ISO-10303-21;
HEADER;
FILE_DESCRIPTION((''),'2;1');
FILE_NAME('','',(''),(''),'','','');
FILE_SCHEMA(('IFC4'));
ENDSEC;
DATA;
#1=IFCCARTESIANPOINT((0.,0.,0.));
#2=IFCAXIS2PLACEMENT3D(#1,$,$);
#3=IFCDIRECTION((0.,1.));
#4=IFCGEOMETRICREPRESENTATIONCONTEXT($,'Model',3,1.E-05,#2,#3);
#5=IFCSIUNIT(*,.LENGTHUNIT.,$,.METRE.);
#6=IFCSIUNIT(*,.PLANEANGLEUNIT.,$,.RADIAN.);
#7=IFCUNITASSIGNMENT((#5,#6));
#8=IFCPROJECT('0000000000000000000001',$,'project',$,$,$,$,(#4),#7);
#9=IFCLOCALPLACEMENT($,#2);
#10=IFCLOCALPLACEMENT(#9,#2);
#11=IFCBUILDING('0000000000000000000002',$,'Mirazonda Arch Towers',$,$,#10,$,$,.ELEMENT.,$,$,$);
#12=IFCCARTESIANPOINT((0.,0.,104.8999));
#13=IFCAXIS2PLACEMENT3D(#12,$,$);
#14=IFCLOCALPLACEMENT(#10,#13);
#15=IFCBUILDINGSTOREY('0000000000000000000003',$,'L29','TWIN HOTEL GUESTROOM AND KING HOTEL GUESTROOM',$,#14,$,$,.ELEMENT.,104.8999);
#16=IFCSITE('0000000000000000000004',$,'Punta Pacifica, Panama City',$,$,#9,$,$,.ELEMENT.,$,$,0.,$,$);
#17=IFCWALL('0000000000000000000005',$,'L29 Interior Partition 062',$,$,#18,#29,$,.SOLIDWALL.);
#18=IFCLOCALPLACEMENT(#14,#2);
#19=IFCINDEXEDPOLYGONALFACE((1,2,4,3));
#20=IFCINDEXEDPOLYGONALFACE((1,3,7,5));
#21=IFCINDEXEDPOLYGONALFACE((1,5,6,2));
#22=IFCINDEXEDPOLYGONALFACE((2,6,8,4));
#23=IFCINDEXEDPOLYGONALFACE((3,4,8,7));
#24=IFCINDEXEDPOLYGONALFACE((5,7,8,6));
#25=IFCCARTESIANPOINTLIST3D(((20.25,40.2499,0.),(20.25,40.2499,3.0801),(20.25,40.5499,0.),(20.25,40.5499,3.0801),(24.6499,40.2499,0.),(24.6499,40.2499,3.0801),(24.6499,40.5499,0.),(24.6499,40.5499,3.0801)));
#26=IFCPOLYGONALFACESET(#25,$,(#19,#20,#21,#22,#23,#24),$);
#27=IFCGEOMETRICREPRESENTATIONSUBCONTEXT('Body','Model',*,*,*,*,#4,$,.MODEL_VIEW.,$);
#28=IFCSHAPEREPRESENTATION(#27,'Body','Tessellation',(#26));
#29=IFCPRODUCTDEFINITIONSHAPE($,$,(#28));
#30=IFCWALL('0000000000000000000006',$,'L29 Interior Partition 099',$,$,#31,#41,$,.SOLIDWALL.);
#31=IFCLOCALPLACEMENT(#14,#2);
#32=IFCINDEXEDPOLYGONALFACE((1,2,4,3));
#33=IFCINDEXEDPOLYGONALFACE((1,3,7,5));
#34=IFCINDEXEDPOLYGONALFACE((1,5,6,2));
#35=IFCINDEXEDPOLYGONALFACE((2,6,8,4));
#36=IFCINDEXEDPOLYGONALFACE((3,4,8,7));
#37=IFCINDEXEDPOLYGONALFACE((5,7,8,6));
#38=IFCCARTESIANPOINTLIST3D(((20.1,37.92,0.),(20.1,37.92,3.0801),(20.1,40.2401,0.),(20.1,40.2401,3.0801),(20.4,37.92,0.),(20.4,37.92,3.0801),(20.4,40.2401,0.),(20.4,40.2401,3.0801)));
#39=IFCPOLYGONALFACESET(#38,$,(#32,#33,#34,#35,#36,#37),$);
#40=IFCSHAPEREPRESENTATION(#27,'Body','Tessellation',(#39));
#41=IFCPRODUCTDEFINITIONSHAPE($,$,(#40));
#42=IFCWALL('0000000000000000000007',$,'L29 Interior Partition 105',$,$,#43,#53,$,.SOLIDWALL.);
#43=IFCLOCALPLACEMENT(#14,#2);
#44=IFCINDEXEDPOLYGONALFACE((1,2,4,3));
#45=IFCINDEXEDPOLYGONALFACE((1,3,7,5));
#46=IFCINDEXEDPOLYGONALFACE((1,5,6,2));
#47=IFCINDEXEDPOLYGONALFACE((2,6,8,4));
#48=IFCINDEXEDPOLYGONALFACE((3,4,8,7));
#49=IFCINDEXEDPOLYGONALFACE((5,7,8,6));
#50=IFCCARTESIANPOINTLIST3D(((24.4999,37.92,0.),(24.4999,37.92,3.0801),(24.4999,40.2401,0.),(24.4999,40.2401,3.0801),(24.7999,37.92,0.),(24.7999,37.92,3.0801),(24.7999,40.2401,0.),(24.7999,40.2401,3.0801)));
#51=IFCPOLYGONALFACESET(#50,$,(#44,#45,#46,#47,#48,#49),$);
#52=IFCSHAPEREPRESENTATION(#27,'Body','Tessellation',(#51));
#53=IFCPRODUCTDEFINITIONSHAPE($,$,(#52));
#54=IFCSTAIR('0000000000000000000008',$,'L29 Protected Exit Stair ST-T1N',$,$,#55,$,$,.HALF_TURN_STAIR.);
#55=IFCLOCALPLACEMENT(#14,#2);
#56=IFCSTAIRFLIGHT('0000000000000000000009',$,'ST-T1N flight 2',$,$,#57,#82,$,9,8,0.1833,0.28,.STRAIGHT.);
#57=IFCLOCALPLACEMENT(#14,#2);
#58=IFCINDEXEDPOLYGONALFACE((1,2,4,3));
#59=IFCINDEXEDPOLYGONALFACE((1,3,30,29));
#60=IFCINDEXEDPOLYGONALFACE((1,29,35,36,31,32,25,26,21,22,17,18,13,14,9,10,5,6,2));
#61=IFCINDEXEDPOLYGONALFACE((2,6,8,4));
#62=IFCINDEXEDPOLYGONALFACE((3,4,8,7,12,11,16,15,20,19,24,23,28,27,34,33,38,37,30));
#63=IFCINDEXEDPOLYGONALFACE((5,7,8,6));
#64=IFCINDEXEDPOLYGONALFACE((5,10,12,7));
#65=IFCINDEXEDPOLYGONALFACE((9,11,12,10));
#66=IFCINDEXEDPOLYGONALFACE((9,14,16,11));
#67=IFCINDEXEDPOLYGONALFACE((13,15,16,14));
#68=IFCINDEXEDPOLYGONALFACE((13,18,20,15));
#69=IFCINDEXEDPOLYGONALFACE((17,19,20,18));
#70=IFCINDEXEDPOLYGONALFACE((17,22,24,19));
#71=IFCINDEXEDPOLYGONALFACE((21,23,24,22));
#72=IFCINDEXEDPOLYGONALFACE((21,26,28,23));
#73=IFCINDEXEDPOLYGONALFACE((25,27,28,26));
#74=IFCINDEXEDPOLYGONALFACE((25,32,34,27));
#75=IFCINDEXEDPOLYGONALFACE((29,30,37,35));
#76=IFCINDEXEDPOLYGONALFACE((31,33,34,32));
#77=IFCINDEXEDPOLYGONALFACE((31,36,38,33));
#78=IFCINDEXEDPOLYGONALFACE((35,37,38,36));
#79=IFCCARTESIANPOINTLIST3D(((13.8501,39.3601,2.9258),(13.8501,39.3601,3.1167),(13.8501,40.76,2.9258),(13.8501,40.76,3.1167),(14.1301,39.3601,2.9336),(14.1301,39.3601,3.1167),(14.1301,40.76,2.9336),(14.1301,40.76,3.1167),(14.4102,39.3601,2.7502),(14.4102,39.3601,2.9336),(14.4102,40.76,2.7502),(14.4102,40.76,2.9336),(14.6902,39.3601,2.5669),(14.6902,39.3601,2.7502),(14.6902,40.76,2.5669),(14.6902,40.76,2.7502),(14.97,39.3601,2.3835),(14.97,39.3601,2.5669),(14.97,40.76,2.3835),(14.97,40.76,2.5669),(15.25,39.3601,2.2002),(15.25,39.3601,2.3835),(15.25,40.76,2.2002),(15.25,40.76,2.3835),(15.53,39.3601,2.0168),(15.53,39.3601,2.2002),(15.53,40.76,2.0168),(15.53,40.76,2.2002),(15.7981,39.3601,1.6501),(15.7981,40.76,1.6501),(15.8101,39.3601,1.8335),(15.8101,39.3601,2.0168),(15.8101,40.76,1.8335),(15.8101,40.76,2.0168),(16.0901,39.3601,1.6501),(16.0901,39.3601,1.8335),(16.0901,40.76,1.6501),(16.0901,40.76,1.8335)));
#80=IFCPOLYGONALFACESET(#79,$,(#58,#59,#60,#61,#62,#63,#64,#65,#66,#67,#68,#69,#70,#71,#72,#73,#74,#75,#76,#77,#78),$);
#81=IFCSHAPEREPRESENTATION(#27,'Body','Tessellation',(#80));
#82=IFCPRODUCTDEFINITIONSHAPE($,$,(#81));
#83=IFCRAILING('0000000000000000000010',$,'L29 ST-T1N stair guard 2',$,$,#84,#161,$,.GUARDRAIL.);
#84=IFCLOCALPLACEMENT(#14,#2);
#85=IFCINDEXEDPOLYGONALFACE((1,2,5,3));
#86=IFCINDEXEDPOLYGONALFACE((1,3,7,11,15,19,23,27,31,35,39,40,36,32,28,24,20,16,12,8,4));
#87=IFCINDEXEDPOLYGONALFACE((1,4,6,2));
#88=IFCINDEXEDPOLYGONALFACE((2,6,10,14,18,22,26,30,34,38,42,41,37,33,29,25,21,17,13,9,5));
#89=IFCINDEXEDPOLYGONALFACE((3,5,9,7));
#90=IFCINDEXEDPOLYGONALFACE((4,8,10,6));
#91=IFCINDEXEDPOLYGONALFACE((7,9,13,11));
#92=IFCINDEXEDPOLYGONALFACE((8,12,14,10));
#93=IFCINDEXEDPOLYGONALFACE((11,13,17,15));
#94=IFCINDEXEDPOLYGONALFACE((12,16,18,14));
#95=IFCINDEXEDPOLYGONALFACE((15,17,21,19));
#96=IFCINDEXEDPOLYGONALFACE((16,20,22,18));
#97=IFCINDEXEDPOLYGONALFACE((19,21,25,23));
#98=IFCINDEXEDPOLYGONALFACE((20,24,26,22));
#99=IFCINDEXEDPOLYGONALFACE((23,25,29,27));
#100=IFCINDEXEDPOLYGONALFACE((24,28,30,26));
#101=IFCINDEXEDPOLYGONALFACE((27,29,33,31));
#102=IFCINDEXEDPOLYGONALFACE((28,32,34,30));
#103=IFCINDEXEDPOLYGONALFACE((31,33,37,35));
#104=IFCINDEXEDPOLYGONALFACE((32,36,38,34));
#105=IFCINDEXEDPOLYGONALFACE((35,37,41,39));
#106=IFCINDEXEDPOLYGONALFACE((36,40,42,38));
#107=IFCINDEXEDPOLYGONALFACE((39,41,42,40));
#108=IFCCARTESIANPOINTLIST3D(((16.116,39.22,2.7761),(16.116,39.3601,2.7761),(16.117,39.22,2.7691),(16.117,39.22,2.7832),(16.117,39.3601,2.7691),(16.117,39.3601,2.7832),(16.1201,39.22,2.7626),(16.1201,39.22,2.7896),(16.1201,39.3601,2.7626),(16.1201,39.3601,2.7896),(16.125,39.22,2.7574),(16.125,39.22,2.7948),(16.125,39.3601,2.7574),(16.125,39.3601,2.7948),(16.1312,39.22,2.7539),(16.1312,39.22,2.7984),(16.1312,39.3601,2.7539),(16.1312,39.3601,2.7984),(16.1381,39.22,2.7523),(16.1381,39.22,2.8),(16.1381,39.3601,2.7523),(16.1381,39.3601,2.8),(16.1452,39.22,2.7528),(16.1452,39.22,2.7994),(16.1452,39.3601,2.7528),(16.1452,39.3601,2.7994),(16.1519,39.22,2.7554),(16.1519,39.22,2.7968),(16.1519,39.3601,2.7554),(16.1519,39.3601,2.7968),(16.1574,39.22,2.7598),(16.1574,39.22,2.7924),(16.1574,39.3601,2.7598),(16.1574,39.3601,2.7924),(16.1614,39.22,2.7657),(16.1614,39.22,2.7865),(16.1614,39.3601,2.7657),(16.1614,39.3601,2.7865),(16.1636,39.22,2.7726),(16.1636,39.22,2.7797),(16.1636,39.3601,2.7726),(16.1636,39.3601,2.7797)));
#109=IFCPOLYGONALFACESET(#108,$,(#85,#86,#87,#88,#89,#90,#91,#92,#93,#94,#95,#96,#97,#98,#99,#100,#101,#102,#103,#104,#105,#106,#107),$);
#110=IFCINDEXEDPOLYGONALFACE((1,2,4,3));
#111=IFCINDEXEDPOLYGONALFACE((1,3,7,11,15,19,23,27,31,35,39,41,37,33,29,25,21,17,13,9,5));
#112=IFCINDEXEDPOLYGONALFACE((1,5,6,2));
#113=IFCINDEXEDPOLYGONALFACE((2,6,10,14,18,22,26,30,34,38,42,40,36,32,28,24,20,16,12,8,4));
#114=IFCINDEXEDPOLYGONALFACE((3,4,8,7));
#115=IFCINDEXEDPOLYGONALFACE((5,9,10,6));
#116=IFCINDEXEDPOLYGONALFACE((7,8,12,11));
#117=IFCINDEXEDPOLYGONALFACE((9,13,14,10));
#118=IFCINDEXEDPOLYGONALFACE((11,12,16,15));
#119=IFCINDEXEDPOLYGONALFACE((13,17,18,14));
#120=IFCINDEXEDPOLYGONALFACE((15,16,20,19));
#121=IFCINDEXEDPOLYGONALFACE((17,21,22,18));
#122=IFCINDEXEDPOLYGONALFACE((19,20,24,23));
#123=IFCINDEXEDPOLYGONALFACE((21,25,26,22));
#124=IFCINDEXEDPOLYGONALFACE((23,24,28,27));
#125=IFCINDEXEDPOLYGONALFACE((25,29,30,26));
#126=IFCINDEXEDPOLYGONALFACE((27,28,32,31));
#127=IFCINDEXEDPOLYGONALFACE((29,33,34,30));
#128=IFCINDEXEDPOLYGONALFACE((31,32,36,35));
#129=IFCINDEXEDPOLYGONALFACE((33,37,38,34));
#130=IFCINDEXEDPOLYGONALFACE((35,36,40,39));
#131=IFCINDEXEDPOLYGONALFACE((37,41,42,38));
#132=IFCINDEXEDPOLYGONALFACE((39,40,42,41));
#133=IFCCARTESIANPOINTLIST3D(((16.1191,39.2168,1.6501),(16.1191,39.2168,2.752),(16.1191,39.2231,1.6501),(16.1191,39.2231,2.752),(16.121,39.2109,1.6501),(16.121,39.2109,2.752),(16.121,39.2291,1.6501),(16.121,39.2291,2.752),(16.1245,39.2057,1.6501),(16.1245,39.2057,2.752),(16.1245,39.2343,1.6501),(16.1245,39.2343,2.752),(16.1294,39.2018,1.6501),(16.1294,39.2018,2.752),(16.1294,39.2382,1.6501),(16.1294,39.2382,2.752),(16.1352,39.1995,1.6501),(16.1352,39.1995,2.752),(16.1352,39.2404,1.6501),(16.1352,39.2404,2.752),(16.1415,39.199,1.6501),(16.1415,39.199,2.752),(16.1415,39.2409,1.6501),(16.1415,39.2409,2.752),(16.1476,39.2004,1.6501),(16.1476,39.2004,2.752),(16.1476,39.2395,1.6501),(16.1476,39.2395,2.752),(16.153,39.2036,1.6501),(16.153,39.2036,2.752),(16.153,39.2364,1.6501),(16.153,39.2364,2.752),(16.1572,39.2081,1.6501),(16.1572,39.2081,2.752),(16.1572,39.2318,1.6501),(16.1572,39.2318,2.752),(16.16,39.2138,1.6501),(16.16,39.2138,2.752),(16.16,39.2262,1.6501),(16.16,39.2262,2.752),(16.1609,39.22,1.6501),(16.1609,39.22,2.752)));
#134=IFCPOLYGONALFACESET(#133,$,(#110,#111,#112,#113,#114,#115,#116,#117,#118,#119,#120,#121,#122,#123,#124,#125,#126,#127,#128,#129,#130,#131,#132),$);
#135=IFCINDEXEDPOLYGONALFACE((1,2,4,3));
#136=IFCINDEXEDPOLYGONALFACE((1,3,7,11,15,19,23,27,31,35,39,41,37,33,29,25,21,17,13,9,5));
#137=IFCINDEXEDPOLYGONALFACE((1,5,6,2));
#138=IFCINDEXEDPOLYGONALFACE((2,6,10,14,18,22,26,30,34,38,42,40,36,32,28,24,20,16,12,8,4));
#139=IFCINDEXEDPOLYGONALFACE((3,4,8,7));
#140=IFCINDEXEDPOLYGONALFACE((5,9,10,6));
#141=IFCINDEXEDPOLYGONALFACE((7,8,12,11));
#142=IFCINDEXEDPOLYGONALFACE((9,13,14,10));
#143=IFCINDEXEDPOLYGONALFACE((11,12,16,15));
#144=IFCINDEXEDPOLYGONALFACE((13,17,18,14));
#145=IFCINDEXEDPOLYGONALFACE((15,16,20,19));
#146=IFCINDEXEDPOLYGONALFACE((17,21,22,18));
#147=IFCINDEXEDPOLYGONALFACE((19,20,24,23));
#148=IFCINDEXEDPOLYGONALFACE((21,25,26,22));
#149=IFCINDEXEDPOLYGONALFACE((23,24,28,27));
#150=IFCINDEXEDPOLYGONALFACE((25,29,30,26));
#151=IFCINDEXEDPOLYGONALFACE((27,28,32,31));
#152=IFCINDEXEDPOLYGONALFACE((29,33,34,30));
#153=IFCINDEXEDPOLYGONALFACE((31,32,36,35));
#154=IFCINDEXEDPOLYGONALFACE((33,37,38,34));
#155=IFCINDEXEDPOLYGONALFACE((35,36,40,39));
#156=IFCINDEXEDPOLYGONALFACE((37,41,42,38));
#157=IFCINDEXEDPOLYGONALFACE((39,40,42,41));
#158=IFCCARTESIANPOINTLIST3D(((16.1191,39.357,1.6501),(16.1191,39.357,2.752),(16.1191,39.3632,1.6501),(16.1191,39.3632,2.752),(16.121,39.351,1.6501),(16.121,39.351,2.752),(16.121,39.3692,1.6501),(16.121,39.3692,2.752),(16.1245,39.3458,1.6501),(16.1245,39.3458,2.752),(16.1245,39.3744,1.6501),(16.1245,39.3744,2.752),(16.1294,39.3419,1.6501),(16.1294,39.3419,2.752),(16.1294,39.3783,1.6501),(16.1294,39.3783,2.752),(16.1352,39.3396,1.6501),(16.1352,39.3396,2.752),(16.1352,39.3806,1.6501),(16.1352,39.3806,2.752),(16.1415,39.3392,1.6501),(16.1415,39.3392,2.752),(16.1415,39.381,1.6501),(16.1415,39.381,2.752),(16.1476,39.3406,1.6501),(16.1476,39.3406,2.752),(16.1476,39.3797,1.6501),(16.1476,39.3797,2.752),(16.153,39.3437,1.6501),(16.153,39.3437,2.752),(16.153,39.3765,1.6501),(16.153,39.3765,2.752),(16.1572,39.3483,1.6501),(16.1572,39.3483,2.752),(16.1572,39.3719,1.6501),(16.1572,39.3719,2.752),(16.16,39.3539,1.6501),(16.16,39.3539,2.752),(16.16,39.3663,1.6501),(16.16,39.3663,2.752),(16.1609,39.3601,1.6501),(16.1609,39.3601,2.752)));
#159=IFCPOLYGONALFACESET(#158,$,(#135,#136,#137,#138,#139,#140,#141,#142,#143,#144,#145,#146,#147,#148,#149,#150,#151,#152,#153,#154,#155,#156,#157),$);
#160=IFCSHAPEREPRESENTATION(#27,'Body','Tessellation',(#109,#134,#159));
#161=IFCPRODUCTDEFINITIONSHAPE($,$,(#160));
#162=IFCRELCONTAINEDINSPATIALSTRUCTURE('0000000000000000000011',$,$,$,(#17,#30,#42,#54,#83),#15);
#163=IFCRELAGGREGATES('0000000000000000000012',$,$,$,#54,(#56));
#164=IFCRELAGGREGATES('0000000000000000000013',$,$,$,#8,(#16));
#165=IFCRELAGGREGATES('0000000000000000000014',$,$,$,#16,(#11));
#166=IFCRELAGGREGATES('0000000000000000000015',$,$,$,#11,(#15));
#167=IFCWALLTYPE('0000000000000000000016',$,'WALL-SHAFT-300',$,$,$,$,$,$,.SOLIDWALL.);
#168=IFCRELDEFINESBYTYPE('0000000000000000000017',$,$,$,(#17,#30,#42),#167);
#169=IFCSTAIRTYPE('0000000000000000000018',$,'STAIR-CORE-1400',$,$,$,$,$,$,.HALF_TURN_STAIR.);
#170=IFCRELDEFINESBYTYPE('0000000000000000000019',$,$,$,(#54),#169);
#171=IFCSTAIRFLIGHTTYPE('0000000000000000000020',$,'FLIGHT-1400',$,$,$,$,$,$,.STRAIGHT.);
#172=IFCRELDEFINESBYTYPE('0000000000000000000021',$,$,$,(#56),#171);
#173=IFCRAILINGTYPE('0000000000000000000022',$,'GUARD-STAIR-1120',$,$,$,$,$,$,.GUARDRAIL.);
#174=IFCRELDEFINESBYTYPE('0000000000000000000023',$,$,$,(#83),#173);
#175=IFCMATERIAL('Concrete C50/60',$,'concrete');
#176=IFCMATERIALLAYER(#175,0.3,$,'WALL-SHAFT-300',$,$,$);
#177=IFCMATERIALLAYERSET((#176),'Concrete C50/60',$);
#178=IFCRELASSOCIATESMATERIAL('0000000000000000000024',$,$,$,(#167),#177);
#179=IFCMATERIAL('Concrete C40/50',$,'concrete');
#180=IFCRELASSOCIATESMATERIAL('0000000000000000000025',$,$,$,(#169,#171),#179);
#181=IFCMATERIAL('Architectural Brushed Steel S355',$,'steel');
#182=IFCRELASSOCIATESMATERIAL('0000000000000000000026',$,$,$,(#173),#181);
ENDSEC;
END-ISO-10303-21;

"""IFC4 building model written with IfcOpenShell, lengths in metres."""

from ifc_helpers import new_model, si_unit, direction, frame, frame_2d, origin, origin_2d, place, context, subcontext, project, spatial, polyline, rectangle, circle, outline, extrude, material, layer, layer_set, type_object, element, aggregate, save


model = new_model("IFC4")

# Units and contexts
model_context = context("Model", 3, precision=1e-05, world=origin(), true_north=direction((0.0, 1.0)))
body_context = subcontext(model_context, "Body", "Model", "MODEL_VIEW")
ifc_project = project(units=[si_unit("LENGTHUNIT", "METRE"), si_unit("PLANEANGLEUNIT", "RADIAN")], contexts=[model_context])

# Site, building, storey
site_placement = place(None, origin())
site = spatial("IfcSite", under=ifc_project, at=site_placement, Name="Punta Pacifica, Panama City", CompositionType="ELEMENT", RefElevation=0.0)
building_placement = place(site_placement, origin())
building = spatial("IfcBuilding", under=site, at=building_placement, Name="Mirazonda Arch Towers", CompositionType="ELEMENT")
storey_placement = place(building_placement, frame((0.0, 0.0, 104.8999)))
storey = spatial("IfcBuildingStorey", under=building, at=storey_placement, Name="L29", Description="TWIN HOTEL GUESTROOM AND KING HOTEL GUESTROOM", CompositionType="ELEMENT", Elevation=104.8999)

# Shared definitions
ifc_material_1 = material(Name="Concrete C50/60", Category="concrete")

# Shared definitions
ifc_material_2 = material(Name="Concrete C40/50", Category="concrete")

# Shared definitions
ifc_material_3 = material(Name="Architectural Brushed Steel S355", Category="steel")

# Walls
ifc_layer_1 = layer(ifc_material_1, 0.3, Name="WALL-SHAFT-300")
ifc_layer_set_1 = layer_set([ifc_layer_1], Name="Concrete C50/60")
wall_type_1 = type_object("IfcWallType", Name="WALL-SHAFT-300", PredefinedType="SOLIDWALL", material=ifc_layer_set_1)
wall_1_placement = place(storey_placement, frame((20.25, 40.3999, 0.0), z_axis=(0.0, 0.0, 1.0), x_axis=(1.0, 0.0, 0.0)))
element("IfcWall", 1, at=wall_1_placement, inside=storey, type_object=wall_type_1, Name="L29 Interior Partition 062", PredefinedType="SOLIDWALL", context=body_context, shape_type="SweptSolid", body=[
    extrude(rectangle(XDim=4.3999, YDim=0.3, at=frame_2d((2.2, 0.0))), origin(), (0.0, 0.0, 1.0), 3.0801),
])
for number, where, z_axis, x_axis, name in (
    (2, (20.25, 37.9199, 0.0), (0.0, 0.0, 1.0), (0.0, 1.0, 0.0), "L29 Interior Partition 099"),
    (3, (24.6499, 37.9199, 0.0), (0.0, 0.0, 1.0), (0.0, 1.0, 0.0), "L29 Interior Partition 105"),
):
    element("IfcWall", number, at=place(storey_placement, frame(where, z_axis=z_axis, x_axis=x_axis)), inside=storey, type_object=wall_type_1, Name=name, PredefinedType="SOLIDWALL", context=body_context, shape_type="SweptSolid", body=[
        extrude(rectangle(XDim=2.3201, YDim=0.3, at=frame_2d((1.1602, 0.0))), origin(), (0.0, 0.0, 1.0), 3.0801),
    ])

# Stair, stair flight
stair_type = type_object("IfcStairType", Name="STAIR-CORE-1400", PredefinedType="HALF_TURN_STAIR", material=ifc_material_2)
stair_placement = place(storey_placement, origin())
stair = element("IfcStair", 4, at=stair_placement, inside=storey, type_object=stair_type, Name="L29 Protected Exit Stair ST-T1N", PredefinedType="HALF_TURN_STAIR")
stair_flight_type = type_object("IfcStairFlightType", Name="FLIGHT-1400", PredefinedType="STRAIGHT", material=ifc_material_2)
stair_flight_placement = place(storey_placement, frame((16.0901, 40.0601, 1.6501), z_axis=(0.0, 0.0, 1.0), x_axis=(-1.0, 0.0, 0.0)))
stair_flight = element("IfcStairFlight", 5, at=stair_flight_placement, type_object=stair_flight_type, Name="ST-T1N flight 2", NumberOfRisers=9, NumberOfTreads=8, PredefinedType="STRAIGHT", RiserHeight=0.1833, TreadLength=0.28, context=body_context, shape_type="SweptSolid", body=[
    extrude(outline(polyline([(0.0, 0.0), (0.0, 0.1833), (0.28, 0.1833), (0.28, 0.3667), (0.5601, 0.3667), (0.5601, 0.55), (0.8401, 0.55), (0.8401, 0.7334), (1.1201, 0.7334), (1.1201, 0.9167), (1.3999, 0.9167), (1.3999, 1.1001), (1.6799, 1.1001), (1.6799, 1.2834), (1.96, 1.2834), (1.96, 1.4666), (2.24, 1.4666), (2.24, 1.6499), (2.24, 1.2756), (0.292, 0.0), (0.0, 0.0)])), frame((0.0, 0.7, 0.0), z_axis=(0.0, -1.0, 0.0), x_axis=(1.0, 0.0, 0.0)), (0.0, 0.0, 1.0), 1.3999),
])
aggregate(stair, [stair_flight])

# Railing
railing_type_1 = type_object("IfcRailingType", Name="GUARD-STAIR-1120", PredefinedType="GUARDRAIL", material=ifc_material_3)
railing_1_placement = place(storey_placement, frame((16.1399, 39.22, 1.6501)))
element("IfcRailing", 6, at=railing_1_placement, inside=storey, type_object=railing_type_1, Name="L29 ST-T1N stair guard 2", PredefinedType="GUARDRAIL", context=body_context, shape_type="SweptSolid", body=[
    extrude(circle(Radius=0.0239, at=origin_2d()), frame((0.0, 0.0, 1.126), z_axis=(0.0, 1.0, 0.0), x_axis=(-1.0, 0.0, 0.0)), (0.0, 0.0, 1.0), 0.1401),
    extrude(circle(Radius=0.021, at=origin_2d()), origin(), (0.0, 0.0, 1.0), 1.1018),
    extrude(circle(Radius=0.021, at=origin_2d()), frame((0.0, 0.1401, 0.0)), (0.0, 0.0, 1.0), 1.1018),
])

save(model, "model.ifc")
